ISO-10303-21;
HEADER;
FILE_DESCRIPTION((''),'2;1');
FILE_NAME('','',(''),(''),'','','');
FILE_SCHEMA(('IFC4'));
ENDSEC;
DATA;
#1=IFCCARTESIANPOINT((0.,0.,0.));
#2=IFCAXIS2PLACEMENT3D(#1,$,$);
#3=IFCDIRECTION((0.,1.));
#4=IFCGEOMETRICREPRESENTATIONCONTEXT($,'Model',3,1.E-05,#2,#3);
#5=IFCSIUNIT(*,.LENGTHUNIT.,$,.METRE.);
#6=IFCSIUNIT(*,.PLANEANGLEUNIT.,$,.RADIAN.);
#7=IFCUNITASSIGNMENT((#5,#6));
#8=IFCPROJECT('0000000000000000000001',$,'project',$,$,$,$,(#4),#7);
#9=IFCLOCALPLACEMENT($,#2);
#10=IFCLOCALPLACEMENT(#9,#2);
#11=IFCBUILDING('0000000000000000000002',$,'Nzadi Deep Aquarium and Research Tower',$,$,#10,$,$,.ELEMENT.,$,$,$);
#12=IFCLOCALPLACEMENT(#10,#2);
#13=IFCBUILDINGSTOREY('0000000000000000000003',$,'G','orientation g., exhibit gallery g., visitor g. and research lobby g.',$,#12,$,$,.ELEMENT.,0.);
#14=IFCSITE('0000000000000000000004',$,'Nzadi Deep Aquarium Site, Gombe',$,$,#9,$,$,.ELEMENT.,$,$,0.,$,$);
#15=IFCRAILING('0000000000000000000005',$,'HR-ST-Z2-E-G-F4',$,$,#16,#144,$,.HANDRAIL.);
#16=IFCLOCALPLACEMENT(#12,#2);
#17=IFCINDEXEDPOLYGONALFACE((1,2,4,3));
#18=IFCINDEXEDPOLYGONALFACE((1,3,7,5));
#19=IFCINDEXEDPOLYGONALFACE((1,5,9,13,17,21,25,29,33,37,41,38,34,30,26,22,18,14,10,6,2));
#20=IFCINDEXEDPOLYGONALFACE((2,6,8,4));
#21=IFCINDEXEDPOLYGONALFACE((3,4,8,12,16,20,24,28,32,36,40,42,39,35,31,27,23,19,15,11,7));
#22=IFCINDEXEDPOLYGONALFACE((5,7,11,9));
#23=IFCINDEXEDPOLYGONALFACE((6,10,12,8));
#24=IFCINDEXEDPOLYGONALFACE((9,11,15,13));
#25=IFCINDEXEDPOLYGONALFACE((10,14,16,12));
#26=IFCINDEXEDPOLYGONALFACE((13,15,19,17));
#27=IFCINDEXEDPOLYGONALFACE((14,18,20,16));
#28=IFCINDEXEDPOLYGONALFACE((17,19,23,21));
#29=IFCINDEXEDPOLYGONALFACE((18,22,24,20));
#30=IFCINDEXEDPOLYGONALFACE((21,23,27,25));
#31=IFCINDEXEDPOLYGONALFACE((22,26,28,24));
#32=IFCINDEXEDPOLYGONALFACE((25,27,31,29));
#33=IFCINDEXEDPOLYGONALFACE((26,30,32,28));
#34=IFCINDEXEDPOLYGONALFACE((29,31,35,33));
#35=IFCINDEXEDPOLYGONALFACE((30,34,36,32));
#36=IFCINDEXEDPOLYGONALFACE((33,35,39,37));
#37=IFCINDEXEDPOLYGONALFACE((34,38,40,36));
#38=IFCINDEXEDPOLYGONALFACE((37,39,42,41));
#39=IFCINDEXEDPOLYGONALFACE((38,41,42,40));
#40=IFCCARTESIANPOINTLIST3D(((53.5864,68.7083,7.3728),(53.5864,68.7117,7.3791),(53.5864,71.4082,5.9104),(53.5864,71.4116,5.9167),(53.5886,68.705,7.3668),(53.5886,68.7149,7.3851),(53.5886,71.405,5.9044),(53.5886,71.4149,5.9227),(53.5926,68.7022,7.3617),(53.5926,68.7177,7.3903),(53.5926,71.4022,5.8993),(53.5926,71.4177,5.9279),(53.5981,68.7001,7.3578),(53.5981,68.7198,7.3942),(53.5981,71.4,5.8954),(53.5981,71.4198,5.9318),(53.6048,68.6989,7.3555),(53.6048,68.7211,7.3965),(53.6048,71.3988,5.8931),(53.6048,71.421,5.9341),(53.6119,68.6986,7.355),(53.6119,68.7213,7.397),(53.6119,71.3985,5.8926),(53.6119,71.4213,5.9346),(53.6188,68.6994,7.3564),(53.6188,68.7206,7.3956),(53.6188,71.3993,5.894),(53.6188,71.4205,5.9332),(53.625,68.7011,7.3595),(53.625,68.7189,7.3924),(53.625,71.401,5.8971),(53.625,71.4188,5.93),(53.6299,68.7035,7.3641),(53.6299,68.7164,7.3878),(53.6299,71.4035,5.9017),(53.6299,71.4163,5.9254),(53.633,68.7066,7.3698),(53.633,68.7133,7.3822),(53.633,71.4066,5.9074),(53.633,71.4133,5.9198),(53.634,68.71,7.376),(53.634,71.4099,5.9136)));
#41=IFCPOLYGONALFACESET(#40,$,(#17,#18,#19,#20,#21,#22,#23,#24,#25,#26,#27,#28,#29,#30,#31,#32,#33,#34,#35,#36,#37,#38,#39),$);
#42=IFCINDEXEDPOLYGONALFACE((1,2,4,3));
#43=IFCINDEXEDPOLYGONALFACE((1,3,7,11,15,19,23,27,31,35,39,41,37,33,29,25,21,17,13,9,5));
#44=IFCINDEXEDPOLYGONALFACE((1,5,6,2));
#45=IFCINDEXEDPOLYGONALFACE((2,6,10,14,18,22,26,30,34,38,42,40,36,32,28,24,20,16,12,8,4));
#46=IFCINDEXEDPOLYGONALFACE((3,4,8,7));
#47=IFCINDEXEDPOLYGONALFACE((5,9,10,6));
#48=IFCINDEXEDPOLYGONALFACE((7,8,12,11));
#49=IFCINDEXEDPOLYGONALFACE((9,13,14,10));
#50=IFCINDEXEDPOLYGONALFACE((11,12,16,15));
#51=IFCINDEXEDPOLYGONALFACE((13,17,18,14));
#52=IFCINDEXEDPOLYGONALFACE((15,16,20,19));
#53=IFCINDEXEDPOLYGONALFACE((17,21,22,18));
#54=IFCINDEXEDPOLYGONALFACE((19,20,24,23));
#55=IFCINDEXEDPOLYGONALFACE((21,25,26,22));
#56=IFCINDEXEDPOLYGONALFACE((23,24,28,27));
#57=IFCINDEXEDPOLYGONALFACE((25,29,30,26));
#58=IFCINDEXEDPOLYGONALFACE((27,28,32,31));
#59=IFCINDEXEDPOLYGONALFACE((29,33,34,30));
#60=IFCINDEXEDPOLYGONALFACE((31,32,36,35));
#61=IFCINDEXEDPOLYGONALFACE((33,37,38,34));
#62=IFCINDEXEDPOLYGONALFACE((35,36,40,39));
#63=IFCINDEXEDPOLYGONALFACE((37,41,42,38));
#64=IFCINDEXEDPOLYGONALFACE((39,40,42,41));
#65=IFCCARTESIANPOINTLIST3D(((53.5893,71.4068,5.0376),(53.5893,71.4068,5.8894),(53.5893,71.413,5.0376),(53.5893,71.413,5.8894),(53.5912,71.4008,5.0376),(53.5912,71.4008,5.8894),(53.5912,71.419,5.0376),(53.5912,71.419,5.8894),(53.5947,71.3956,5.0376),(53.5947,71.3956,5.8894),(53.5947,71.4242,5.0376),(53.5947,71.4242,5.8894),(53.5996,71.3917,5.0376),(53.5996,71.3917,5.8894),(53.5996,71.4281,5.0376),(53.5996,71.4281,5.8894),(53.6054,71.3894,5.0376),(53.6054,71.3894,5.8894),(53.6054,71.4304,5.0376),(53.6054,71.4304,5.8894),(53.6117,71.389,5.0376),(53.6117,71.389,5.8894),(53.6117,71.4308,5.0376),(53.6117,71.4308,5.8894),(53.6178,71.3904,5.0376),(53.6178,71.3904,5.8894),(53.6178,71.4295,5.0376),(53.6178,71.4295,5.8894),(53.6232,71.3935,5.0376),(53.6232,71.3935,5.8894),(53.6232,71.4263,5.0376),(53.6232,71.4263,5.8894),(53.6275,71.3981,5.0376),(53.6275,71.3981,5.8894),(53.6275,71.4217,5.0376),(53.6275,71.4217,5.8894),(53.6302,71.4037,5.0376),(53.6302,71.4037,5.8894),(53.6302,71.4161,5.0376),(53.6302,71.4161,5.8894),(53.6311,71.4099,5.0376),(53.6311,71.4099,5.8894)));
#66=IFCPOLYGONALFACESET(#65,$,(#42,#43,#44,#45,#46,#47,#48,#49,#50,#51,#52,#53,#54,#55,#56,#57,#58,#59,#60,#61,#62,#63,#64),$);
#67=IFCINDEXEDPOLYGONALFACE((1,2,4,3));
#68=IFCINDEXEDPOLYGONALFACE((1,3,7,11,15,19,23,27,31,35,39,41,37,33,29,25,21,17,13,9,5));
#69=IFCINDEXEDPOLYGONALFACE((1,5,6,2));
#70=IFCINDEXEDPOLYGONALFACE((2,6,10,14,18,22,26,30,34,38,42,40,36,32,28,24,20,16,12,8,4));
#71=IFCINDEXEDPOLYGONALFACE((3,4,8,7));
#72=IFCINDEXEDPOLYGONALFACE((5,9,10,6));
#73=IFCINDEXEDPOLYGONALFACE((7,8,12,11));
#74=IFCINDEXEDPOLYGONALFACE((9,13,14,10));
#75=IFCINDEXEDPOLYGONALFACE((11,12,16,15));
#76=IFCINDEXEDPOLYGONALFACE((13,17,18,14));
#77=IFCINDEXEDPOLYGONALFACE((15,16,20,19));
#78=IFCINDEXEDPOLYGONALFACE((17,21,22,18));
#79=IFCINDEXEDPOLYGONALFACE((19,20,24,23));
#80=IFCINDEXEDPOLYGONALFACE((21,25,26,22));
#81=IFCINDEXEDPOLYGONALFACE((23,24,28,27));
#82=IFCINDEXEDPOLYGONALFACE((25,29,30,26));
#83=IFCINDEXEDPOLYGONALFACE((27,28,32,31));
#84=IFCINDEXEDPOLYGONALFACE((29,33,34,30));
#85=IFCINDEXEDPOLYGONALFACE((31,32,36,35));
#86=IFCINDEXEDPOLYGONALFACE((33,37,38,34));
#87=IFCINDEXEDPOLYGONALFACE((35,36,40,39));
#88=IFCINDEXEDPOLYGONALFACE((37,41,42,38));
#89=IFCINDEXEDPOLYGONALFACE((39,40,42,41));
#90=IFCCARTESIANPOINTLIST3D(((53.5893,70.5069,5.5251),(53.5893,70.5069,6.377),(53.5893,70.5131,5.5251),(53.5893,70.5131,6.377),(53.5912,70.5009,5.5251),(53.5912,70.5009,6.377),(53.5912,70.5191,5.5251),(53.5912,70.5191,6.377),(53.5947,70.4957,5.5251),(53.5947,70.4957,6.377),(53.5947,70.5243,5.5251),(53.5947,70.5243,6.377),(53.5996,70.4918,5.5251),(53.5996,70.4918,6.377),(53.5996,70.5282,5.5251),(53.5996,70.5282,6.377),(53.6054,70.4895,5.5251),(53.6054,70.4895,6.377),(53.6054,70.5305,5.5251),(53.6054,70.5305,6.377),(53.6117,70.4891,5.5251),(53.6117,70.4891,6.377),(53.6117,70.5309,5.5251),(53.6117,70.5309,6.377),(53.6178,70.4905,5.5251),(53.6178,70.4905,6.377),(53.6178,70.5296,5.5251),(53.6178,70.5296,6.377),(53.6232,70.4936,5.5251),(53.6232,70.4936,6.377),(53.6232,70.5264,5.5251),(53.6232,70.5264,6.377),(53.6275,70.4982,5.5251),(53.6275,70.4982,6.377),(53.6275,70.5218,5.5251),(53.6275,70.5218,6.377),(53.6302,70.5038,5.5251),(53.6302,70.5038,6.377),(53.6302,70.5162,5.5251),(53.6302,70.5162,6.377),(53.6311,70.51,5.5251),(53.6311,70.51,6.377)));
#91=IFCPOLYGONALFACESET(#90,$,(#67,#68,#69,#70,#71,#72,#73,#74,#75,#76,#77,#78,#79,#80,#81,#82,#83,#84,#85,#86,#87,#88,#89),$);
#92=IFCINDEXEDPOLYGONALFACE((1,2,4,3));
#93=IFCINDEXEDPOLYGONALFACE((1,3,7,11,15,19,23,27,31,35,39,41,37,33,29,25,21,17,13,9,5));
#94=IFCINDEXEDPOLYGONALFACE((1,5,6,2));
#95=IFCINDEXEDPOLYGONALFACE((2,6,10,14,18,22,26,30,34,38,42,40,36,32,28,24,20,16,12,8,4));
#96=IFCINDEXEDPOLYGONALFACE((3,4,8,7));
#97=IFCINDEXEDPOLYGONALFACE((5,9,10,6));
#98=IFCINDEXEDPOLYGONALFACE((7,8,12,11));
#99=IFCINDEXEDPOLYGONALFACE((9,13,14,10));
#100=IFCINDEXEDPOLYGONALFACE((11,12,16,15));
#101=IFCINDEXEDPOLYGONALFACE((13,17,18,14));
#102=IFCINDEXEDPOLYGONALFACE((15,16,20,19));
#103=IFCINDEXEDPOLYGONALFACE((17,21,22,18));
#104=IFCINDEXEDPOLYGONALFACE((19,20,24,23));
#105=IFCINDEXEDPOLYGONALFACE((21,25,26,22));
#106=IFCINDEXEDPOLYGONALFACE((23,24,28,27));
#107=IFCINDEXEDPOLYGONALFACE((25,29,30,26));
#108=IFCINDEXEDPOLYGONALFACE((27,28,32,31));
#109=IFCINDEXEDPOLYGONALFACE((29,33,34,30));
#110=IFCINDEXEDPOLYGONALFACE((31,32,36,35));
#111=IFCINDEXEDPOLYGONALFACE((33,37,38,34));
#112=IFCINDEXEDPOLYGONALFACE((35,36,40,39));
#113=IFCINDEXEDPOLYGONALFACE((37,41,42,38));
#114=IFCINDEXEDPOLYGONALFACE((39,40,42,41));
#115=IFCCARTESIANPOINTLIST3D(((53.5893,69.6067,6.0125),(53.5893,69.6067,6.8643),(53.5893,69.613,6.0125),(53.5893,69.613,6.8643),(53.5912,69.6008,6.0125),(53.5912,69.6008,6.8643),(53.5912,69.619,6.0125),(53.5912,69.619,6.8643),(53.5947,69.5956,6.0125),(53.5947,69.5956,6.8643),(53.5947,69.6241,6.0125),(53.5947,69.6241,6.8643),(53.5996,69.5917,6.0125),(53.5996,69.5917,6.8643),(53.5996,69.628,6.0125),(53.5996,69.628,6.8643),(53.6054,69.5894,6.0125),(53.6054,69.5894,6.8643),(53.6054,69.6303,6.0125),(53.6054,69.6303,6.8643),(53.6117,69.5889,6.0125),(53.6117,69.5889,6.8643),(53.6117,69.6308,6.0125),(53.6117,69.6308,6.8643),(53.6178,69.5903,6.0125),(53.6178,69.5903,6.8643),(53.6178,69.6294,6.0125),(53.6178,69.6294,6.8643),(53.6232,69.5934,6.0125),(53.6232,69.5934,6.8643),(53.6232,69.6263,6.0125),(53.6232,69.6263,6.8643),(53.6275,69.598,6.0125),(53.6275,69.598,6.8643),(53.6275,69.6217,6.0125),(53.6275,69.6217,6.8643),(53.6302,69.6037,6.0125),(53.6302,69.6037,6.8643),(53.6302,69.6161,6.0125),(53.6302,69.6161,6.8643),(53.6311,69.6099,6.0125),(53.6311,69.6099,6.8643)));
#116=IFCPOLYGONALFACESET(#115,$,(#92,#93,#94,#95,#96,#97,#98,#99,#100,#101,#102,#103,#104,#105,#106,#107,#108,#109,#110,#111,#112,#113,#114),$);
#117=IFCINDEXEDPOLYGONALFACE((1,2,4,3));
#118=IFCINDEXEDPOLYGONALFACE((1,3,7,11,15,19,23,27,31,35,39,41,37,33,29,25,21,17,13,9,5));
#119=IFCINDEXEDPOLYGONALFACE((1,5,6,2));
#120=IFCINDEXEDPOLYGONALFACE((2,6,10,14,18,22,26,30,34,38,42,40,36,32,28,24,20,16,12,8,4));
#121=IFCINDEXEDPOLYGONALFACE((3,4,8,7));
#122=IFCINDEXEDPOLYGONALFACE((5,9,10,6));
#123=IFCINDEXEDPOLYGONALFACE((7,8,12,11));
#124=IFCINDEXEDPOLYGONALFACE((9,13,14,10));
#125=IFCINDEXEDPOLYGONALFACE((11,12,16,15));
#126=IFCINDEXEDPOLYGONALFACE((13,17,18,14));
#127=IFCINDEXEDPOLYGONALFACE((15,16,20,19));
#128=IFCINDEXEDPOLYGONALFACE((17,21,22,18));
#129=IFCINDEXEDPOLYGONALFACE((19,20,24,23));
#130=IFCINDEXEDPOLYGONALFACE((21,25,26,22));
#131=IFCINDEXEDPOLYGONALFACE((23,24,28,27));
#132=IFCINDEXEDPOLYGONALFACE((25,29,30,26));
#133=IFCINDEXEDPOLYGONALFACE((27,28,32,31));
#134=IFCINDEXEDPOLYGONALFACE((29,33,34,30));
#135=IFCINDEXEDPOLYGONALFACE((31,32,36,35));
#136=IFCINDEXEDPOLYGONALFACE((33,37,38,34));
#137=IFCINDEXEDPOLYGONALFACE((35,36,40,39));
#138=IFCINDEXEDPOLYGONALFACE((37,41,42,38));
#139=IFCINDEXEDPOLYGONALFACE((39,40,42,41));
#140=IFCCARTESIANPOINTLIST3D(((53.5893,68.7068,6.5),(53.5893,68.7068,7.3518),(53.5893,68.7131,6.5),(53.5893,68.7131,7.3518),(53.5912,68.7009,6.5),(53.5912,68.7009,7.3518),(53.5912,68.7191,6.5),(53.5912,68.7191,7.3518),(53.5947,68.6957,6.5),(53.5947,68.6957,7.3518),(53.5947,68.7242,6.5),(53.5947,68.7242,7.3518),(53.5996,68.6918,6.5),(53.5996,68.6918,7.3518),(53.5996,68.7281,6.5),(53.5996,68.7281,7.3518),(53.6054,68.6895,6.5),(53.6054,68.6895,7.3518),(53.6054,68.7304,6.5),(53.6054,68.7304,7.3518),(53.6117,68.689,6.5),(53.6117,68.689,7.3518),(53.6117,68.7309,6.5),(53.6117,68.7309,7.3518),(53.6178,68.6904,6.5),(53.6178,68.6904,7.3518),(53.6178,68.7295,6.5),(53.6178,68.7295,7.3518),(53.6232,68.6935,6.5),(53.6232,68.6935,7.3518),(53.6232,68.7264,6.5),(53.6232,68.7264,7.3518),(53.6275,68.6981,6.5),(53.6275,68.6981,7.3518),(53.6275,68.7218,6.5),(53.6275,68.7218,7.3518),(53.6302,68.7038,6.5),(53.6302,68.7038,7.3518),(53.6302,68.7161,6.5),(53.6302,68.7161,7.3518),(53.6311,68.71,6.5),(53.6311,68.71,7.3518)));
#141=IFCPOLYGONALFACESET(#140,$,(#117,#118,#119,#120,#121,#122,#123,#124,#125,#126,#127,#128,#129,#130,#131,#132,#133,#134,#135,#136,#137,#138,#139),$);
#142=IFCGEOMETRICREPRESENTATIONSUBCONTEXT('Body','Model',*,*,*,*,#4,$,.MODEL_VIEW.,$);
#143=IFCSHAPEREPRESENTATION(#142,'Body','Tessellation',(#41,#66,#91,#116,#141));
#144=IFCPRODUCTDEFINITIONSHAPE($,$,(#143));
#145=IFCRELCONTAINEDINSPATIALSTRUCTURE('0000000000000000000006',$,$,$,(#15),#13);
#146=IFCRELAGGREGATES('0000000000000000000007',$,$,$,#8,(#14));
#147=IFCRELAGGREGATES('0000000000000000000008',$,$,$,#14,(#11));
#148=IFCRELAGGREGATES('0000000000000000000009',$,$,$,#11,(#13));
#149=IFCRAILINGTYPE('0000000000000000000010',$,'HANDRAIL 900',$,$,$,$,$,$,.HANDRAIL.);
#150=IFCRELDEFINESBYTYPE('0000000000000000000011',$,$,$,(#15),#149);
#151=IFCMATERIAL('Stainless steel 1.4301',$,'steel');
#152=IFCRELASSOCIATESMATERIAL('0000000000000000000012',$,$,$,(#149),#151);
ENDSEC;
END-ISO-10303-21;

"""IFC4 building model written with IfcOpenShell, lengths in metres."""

from ifc_helpers import new_model, si_unit, direction, frame, origin, origin_2d, place, context, subcontext, project, spatial, circle, extrude, material, type_object, element, save


model = new_model("IFC4")

# Units and contexts
model_context = context("Model", 3, precision=1e-05, world=origin(), true_north=direction((0.0, 1.0)))
body_context = subcontext(model_context, "Body", "Model", "MODEL_VIEW")
ifc_project = project(units=[si_unit("LENGTHUNIT", "METRE"), si_unit("PLANEANGLEUNIT", "RADIAN")], contexts=[model_context])

# Site, building, storey
site_placement = place(None, origin())
site = spatial("IfcSite", under=ifc_project, at=site_placement, Name="Nzadi Deep Aquarium Site, Gombe", CompositionType="ELEMENT", RefElevation=0.0)
building_placement = place(site_placement, origin())
building = spatial("IfcBuilding", under=site, at=building_placement, Name="Nzadi Deep Aquarium and Research Tower", CompositionType="ELEMENT")
storey_placement = place(building_placement, origin())
storey = spatial("IfcBuildingStorey", under=building, at=storey_placement, Name="G", Description="orientation g., exhibit gallery g., visitor g. and research lobby g.", CompositionType="ELEMENT", Elevation=0.0)

# Railing
ifc_material_1 = material(Name="Stainless steel 1.4301", Category="steel")
railing_type = type_object("IfcRailingType", Name="HANDRAIL 900", PredefinedType="HANDRAIL", material=ifc_material_1)
for number, where, name in (
    (1, (53.6101, 71.4099, 5.0376), "HR-ST-Z2-E-G-F4"),
):
    element("IfcRailing", number, at=place(storey_placement, frame(where)), inside=storey, type_object=railing_type, Name=name, PredefinedType="HANDRAIL", context=body_context, shape_type="SweptSolid", body=[
        extrude(circle(Radius=0.0239, at=origin_2d()), frame((0.0, 0.0, 0.876), z_axis=(0.0, -0.879302, 0.476265), x_axis=(1.0, 0.0, 0.0)), (0.0, 0.0, 1.0), 3.0706),
        extrude(circle(Radius=0.021, at=origin_2d()), origin(), (0.0, 0.0, 1.0), 0.8518),
        extrude(circle(Radius=0.021, at=origin_2d()), frame((0.0, -0.8999, 0.4875)), (0.0, 0.0, 1.0), 0.8518),
        extrude(circle(Radius=0.021, at=origin_2d()), frame((0.0, -1.8, 0.9749)), (0.0, 0.0, 1.0), 0.8518),
        extrude(circle(Radius=0.021, at=origin_2d()), frame((0.0, -2.7, 1.4624)), (0.0, 0.0, 1.0), 0.8518),
    ])

save(model, "model.ifc")
